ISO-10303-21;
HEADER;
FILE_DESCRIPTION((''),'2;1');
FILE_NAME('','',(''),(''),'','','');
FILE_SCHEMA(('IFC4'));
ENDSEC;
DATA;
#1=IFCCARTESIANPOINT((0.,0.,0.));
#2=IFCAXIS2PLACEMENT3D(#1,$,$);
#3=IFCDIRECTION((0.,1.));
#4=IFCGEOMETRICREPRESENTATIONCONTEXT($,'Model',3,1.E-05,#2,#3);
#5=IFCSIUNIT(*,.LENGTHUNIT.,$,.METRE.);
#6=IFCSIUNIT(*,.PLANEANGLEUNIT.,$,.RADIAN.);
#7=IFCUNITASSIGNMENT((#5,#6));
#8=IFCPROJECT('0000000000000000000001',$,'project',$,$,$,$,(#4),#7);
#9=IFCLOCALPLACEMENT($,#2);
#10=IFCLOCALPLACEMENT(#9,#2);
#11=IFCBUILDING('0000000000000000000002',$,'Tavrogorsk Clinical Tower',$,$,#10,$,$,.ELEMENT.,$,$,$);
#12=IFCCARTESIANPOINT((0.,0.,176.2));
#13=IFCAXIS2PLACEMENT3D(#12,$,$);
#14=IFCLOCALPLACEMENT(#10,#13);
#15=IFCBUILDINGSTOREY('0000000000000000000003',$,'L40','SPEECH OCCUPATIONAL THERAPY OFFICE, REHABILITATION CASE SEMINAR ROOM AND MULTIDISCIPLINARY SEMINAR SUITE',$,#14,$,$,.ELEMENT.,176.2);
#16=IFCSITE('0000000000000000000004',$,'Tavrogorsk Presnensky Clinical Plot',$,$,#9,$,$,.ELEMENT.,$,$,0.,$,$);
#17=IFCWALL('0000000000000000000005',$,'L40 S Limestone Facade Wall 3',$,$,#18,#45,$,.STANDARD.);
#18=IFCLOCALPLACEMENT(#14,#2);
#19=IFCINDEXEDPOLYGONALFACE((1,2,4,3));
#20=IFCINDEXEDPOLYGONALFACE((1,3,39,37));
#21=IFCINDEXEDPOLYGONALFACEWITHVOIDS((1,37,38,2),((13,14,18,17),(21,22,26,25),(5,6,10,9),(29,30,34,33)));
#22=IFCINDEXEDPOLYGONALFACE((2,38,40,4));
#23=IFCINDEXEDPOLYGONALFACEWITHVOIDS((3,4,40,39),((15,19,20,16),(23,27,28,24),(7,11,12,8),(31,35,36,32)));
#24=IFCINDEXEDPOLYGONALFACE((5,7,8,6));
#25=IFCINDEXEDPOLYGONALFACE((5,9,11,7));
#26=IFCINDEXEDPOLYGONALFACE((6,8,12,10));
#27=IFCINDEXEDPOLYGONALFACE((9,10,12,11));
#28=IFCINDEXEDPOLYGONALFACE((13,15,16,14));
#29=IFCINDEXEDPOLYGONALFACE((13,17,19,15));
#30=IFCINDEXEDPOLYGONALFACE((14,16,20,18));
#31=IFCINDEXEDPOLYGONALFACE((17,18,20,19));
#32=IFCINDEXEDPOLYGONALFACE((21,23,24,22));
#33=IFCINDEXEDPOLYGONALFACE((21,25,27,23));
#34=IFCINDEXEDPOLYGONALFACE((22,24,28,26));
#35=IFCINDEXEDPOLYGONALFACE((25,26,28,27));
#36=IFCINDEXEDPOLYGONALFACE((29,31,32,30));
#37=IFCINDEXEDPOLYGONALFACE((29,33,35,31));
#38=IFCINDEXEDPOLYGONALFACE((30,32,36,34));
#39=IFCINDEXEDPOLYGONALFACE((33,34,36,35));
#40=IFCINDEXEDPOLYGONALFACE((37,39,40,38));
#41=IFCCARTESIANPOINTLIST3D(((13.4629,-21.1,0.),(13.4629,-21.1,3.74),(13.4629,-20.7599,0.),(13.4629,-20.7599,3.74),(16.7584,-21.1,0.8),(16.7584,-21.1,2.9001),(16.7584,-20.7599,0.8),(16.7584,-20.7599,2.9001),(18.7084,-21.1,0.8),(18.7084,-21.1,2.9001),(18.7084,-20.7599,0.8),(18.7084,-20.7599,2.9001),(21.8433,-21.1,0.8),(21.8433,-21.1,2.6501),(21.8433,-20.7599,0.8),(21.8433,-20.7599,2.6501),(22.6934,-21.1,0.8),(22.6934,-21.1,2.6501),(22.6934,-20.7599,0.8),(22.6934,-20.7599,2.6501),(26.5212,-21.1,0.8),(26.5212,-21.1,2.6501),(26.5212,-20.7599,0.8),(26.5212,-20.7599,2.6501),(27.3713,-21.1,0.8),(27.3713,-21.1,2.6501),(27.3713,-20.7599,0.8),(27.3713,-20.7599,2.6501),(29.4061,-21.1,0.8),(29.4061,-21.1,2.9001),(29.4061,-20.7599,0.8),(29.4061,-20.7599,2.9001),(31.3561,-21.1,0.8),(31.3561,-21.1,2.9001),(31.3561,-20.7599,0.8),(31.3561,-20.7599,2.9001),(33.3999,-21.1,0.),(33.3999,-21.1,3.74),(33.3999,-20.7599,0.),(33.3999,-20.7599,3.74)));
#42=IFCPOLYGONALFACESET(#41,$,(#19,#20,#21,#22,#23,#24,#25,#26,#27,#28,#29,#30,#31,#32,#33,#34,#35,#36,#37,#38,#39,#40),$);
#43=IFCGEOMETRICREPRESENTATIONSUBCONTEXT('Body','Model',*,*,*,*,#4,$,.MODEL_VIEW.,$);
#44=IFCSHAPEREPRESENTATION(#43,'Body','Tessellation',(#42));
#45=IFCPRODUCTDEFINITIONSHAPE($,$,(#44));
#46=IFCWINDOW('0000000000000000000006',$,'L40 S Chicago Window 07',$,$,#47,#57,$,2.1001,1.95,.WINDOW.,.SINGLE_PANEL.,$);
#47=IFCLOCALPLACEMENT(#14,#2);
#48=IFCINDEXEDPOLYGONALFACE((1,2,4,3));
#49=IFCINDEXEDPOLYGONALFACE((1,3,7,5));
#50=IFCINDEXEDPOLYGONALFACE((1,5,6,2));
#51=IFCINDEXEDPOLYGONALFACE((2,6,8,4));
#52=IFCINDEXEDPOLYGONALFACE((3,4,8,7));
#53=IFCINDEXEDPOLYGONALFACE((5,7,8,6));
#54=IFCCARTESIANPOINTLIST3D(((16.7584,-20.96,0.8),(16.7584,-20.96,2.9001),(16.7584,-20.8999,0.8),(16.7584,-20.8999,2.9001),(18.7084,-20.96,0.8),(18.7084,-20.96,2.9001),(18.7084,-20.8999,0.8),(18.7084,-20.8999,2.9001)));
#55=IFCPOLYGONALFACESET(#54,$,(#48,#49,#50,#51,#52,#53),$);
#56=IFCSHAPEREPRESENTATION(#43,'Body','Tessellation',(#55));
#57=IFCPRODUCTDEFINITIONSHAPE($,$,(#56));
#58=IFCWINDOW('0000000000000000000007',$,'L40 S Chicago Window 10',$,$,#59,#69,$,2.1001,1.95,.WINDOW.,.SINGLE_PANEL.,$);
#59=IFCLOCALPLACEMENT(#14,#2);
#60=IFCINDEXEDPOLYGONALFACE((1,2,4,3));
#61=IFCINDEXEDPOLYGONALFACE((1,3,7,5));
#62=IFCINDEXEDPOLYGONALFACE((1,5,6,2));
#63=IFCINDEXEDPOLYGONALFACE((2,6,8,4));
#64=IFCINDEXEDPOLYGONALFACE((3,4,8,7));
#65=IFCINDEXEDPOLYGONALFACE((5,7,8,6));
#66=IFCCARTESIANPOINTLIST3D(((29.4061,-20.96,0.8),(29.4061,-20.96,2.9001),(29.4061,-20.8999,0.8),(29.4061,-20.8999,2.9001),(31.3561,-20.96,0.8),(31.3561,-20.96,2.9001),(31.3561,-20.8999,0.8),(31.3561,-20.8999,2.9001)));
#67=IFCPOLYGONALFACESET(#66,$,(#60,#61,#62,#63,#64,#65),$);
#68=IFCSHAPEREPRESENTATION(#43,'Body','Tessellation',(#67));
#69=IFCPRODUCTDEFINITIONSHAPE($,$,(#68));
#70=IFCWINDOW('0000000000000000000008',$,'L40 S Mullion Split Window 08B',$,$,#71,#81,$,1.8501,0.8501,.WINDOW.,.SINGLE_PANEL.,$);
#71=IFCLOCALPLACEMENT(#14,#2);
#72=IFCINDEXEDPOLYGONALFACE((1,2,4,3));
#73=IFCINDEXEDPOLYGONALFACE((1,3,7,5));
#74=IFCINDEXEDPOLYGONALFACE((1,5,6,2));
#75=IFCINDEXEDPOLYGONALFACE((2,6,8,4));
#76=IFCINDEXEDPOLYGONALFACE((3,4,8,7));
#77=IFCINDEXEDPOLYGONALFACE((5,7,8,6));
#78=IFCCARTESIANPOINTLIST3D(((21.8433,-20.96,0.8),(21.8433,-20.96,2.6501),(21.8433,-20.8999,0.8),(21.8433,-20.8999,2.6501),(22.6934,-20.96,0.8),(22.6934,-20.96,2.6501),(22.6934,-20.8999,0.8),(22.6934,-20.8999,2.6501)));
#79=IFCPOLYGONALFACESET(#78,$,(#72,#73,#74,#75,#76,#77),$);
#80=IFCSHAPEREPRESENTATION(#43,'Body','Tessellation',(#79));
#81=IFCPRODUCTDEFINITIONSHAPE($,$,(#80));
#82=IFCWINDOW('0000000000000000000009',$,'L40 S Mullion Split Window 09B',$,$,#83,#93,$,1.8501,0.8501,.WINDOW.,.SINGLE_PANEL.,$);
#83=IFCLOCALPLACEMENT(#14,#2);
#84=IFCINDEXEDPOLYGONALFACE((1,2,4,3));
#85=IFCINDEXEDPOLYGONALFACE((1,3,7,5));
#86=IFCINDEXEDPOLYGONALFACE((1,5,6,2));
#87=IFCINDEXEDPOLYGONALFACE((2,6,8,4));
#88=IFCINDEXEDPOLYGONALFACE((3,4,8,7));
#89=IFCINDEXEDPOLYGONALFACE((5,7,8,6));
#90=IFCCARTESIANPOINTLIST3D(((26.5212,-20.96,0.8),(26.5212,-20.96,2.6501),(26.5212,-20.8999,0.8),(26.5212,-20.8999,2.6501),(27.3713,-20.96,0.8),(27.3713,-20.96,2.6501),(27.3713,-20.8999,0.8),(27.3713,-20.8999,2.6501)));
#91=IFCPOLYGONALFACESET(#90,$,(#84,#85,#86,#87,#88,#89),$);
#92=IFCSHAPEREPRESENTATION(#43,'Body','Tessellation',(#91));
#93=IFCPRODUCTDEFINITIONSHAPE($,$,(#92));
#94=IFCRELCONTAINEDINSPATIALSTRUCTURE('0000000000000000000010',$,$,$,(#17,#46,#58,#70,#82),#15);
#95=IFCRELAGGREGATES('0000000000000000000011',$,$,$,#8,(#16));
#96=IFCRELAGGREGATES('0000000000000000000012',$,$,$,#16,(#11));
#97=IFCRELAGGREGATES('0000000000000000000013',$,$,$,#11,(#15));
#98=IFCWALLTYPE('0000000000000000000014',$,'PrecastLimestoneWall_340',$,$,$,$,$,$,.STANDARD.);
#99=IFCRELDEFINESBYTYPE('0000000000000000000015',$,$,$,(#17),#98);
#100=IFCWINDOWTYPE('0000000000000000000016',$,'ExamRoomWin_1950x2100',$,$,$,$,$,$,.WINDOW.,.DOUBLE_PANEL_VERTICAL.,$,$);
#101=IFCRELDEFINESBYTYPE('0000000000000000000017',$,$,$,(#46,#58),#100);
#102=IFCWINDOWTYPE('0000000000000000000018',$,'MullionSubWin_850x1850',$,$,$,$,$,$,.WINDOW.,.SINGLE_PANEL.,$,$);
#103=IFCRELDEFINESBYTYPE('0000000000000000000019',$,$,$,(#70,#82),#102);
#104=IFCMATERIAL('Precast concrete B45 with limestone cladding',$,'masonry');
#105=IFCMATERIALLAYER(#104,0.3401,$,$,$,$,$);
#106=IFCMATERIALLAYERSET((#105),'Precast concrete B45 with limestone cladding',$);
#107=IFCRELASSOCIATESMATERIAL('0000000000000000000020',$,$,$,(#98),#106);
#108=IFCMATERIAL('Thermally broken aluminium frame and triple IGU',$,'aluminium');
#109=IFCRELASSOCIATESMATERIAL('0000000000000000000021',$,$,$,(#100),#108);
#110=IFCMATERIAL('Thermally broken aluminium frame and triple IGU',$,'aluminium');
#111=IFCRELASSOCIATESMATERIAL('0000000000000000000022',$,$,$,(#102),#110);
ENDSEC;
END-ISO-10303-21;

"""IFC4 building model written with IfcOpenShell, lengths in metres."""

from ifc_helpers import new_model, si_unit, direction, frame, frame_2d, origin, place, context, subcontext, project, spatial, rectangle, extrude, material, layer, layer_set, type_object, element, fill, save


model = new_model("IFC4")

# Units and contexts
model_context = context("Model", 3, precision=1e-05, world=origin(), true_north=direction((0.0, 1.0)))
body_context = subcontext(model_context, "Body", "Model", "MODEL_VIEW")
ifc_project = project(units=[si_unit("LENGTHUNIT", "METRE"), si_unit("PLANEANGLEUNIT", "RADIAN")], contexts=[model_context])

# Site, building, storey
site_placement = place(None, origin())
site = spatial("IfcSite", under=ifc_project, at=site_placement, Name="Tavrogorsk Presnensky Clinical Plot", CompositionType="ELEMENT", RefElevation=0.0)
building_placement = place(site_placement, origin())
building = spatial("IfcBuilding", under=site, at=building_placement, Name="Tavrogorsk Clinical Tower", CompositionType="ELEMENT")
storey_placement = place(building_placement, frame((0.0, 0.0, 176.2)))
storey = spatial("IfcBuildingStorey", under=building, at=storey_placement, Name="L40", Description="SPEECH OCCUPATIONAL THERAPY OFFICE, REHABILITATION CASE SEMINAR ROOM AND MULTIDISCIPLINARY SEMINAR SUITE", CompositionType="ELEMENT", Elevation=176.2)

# Wall, openings, windows
ifc_material_1 = material(Name="Precast concrete B45 with limestone cladding", Category="masonry")
ifc_layer_1 = layer(ifc_material_1, 0.3401)
ifc_layer_set_1 = layer_set([ifc_layer_1], Name="Precast concrete B45 with limestone cladding")
wall_type_1 = type_object("IfcWallType", Name="PrecastLimestoneWall_340", PredefinedType="STANDARD", material=ifc_layer_set_1)
wall_1_placement = place(storey_placement, frame((13.4629, -20.9299, 0.0), z_axis=(0.0, 0.0, 1.0), x_axis=(1.0, 0.0, 0.0)))
wall_1 = element("IfcWall", 1, at=wall_1_placement, inside=storey, type_object=wall_type_1, Name="L40 S Limestone Facade Wall 3", PredefinedType="STANDARD", context=body_context, shape_type="SweptSolid", body=[
    extrude(rectangle(XDim=19.937, YDim=0.3401, at=frame_2d((9.9685, 0.0))), origin(), (0.0, 0.0, 1.0), 3.74),
])
opening_1_placement = place(wall_1_placement, frame((3.2954, 0.0, 0.8)))
opening_1 = element("IfcOpeningElement", 2, at=opening_1_placement, cuts=wall_1, PredefinedType="OPENING", context=body_context, shape_type="SweptSolid", body=[
    extrude(rectangle(XDim=1.95, YDim=2.1001, at=frame_2d((0.9751, 1.05))), frame((0.0, 0.1799, 0.0), z_axis=(0.0, -1.0, 0.0), x_axis=(1.0, 0.0, 0.0)), (0.0, 0.0, 1.0), 0.3601),
])
opening_2_placement = place(wall_1_placement, frame((8.3804, 0.0, 0.8)))
opening_2 = element("IfcOpeningElement", 3, at=opening_2_placement, cuts=wall_1, PredefinedType="OPENING", context=body_context, shape_type="SweptSolid", body=[
    extrude(rectangle(XDim=0.8501, YDim=1.8501, at=frame_2d((0.425, 0.925))), frame((0.0, 0.1799, 0.0), z_axis=(0.0, -1.0, 0.0), x_axis=(1.0, 0.0, 0.0)), (0.0, 0.0, 1.0), 0.3601),
])
opening_3_placement = place(wall_1_placement, frame((13.0583, 0.0, 0.8)))
opening_3 = element("IfcOpeningElement", 4, at=opening_3_placement, cuts=wall_1, PredefinedType="OPENING", context=body_context, shape_type="SweptSolid", body=[
    extrude(rectangle(XDim=0.8501, YDim=1.8501, at=frame_2d((0.425, 0.925))), frame((0.0, 0.1799, 0.0), z_axis=(0.0, -1.0, 0.0), x_axis=(1.0, 0.0, 0.0)), (0.0, 0.0, 1.0), 0.3601),
])
opening_4_placement = place(wall_1_placement, frame((15.9431, 0.0, 0.8)))
opening_4 = element("IfcOpeningElement", 5, at=opening_4_placement, cuts=wall_1, PredefinedType="OPENING", context=body_context, shape_type="SweptSolid", body=[
    extrude(rectangle(XDim=1.95, YDim=2.1001, at=frame_2d((0.9751, 1.05))), frame((0.0, 0.1799, 0.0), z_axis=(0.0, -1.0, 0.0), x_axis=(1.0, 0.0, 0.0)), (0.0, 0.0, 1.0), 0.3601),
])
ifc_material_2 = material(Name="Thermally broken aluminium frame and triple IGU", Category="aluminium")
window_type_1 = type_object("IfcWindowType", Name="ExamRoomWin_1950x2100", PartitioningType="DOUBLE_PANEL_VERTICAL", PredefinedType="WINDOW", material=ifc_material_2)
window_1_placement = place(opening_1_placement, origin())
window_1 = element("IfcWindow", 6, at=window_1_placement, inside=storey, type_object=window_type_1, Name="L40 S Chicago Window 07", OverallHeight=2.1001, OverallWidth=1.95, PartitioningType="SINGLE_PANEL", PredefinedType="WINDOW", context=body_context, shape_type="SweptSolid", body=[
    extrude(rectangle(XDim=1.95, YDim=2.1001, at=frame_2d((0.9751, 1.05))), frame((0.0, 0.03, 0.0), z_axis=(0.0, -1.0, 0.0), x_axis=(1.0, 0.0, 0.0)), (0.0, 0.0, 1.0), 0.0601),
])
fill(opening_1, window_1)
window_2_placement = place(opening_4_placement, origin())
window_2 = element("IfcWindow", 7, at=window_2_placement, inside=storey, type_object=window_type_1, Name="L40 S Chicago Window 10", OverallHeight=2.1001, OverallWidth=1.95, PartitioningType="SINGLE_PANEL", PredefinedType="WINDOW", context=body_context, shape_type="SweptSolid", body=[
    extrude(rectangle(XDim=1.95, YDim=2.1001, at=frame_2d((0.9751, 1.05))), frame((0.0, 0.03, 0.0), z_axis=(0.0, -1.0, 0.0), x_axis=(1.0, 0.0, 0.0)), (0.0, 0.0, 1.0), 0.0601),
])
fill(opening_4, window_2)
ifc_material_3 = material(Name="Thermally broken aluminium frame and triple IGU", Category="aluminium")
window_type_2 = type_object("IfcWindowType", Name="MullionSubWin_850x1850", PartitioningType="SINGLE_PANEL", PredefinedType="WINDOW", material=ifc_material_3)
window_3_placement = place(opening_2_placement, origin())
window_3 = element("IfcWindow", 8, at=window_3_placement, inside=storey, type_object=window_type_2, Name="L40 S Mullion Split Window 08B", OverallHeight=1.8501, OverallWidth=0.8501, PartitioningType="SINGLE_PANEL", PredefinedType="WINDOW", context=body_context, shape_type="SweptSolid", body=[
    extrude(rectangle(XDim=0.8501, YDim=1.8501, at=frame_2d((0.425, 0.925))), frame((0.0, 0.03, 0.0), z_axis=(0.0, -1.0, 0.0), x_axis=(1.0, 0.0, 0.0)), (0.0, 0.0, 1.0), 0.0601),
])
fill(opening_2, window_3)
window_4_placement = place(opening_3_placement, origin())
window_4 = element("IfcWindow", 9, at=window_4_placement, inside=storey, type_object=window_type_2, Name="L40 S Mullion Split Window 09B", OverallHeight=1.8501, OverallWidth=0.8501, PartitioningType="SINGLE_PANEL", PredefinedType="WINDOW", context=body_context, shape_type="SweptSolid", body=[
    extrude(rectangle(XDim=0.8501, YDim=1.8501, at=frame_2d((0.425, 0.925))), frame((0.0, 0.03, 0.0), z_axis=(0.0, -1.0, 0.0), x_axis=(1.0, 0.0, 0.0)), (0.0, 0.0, 1.0), 0.0601),
])
fill(opening_3, window_4)

save(model, "model.ifc")
